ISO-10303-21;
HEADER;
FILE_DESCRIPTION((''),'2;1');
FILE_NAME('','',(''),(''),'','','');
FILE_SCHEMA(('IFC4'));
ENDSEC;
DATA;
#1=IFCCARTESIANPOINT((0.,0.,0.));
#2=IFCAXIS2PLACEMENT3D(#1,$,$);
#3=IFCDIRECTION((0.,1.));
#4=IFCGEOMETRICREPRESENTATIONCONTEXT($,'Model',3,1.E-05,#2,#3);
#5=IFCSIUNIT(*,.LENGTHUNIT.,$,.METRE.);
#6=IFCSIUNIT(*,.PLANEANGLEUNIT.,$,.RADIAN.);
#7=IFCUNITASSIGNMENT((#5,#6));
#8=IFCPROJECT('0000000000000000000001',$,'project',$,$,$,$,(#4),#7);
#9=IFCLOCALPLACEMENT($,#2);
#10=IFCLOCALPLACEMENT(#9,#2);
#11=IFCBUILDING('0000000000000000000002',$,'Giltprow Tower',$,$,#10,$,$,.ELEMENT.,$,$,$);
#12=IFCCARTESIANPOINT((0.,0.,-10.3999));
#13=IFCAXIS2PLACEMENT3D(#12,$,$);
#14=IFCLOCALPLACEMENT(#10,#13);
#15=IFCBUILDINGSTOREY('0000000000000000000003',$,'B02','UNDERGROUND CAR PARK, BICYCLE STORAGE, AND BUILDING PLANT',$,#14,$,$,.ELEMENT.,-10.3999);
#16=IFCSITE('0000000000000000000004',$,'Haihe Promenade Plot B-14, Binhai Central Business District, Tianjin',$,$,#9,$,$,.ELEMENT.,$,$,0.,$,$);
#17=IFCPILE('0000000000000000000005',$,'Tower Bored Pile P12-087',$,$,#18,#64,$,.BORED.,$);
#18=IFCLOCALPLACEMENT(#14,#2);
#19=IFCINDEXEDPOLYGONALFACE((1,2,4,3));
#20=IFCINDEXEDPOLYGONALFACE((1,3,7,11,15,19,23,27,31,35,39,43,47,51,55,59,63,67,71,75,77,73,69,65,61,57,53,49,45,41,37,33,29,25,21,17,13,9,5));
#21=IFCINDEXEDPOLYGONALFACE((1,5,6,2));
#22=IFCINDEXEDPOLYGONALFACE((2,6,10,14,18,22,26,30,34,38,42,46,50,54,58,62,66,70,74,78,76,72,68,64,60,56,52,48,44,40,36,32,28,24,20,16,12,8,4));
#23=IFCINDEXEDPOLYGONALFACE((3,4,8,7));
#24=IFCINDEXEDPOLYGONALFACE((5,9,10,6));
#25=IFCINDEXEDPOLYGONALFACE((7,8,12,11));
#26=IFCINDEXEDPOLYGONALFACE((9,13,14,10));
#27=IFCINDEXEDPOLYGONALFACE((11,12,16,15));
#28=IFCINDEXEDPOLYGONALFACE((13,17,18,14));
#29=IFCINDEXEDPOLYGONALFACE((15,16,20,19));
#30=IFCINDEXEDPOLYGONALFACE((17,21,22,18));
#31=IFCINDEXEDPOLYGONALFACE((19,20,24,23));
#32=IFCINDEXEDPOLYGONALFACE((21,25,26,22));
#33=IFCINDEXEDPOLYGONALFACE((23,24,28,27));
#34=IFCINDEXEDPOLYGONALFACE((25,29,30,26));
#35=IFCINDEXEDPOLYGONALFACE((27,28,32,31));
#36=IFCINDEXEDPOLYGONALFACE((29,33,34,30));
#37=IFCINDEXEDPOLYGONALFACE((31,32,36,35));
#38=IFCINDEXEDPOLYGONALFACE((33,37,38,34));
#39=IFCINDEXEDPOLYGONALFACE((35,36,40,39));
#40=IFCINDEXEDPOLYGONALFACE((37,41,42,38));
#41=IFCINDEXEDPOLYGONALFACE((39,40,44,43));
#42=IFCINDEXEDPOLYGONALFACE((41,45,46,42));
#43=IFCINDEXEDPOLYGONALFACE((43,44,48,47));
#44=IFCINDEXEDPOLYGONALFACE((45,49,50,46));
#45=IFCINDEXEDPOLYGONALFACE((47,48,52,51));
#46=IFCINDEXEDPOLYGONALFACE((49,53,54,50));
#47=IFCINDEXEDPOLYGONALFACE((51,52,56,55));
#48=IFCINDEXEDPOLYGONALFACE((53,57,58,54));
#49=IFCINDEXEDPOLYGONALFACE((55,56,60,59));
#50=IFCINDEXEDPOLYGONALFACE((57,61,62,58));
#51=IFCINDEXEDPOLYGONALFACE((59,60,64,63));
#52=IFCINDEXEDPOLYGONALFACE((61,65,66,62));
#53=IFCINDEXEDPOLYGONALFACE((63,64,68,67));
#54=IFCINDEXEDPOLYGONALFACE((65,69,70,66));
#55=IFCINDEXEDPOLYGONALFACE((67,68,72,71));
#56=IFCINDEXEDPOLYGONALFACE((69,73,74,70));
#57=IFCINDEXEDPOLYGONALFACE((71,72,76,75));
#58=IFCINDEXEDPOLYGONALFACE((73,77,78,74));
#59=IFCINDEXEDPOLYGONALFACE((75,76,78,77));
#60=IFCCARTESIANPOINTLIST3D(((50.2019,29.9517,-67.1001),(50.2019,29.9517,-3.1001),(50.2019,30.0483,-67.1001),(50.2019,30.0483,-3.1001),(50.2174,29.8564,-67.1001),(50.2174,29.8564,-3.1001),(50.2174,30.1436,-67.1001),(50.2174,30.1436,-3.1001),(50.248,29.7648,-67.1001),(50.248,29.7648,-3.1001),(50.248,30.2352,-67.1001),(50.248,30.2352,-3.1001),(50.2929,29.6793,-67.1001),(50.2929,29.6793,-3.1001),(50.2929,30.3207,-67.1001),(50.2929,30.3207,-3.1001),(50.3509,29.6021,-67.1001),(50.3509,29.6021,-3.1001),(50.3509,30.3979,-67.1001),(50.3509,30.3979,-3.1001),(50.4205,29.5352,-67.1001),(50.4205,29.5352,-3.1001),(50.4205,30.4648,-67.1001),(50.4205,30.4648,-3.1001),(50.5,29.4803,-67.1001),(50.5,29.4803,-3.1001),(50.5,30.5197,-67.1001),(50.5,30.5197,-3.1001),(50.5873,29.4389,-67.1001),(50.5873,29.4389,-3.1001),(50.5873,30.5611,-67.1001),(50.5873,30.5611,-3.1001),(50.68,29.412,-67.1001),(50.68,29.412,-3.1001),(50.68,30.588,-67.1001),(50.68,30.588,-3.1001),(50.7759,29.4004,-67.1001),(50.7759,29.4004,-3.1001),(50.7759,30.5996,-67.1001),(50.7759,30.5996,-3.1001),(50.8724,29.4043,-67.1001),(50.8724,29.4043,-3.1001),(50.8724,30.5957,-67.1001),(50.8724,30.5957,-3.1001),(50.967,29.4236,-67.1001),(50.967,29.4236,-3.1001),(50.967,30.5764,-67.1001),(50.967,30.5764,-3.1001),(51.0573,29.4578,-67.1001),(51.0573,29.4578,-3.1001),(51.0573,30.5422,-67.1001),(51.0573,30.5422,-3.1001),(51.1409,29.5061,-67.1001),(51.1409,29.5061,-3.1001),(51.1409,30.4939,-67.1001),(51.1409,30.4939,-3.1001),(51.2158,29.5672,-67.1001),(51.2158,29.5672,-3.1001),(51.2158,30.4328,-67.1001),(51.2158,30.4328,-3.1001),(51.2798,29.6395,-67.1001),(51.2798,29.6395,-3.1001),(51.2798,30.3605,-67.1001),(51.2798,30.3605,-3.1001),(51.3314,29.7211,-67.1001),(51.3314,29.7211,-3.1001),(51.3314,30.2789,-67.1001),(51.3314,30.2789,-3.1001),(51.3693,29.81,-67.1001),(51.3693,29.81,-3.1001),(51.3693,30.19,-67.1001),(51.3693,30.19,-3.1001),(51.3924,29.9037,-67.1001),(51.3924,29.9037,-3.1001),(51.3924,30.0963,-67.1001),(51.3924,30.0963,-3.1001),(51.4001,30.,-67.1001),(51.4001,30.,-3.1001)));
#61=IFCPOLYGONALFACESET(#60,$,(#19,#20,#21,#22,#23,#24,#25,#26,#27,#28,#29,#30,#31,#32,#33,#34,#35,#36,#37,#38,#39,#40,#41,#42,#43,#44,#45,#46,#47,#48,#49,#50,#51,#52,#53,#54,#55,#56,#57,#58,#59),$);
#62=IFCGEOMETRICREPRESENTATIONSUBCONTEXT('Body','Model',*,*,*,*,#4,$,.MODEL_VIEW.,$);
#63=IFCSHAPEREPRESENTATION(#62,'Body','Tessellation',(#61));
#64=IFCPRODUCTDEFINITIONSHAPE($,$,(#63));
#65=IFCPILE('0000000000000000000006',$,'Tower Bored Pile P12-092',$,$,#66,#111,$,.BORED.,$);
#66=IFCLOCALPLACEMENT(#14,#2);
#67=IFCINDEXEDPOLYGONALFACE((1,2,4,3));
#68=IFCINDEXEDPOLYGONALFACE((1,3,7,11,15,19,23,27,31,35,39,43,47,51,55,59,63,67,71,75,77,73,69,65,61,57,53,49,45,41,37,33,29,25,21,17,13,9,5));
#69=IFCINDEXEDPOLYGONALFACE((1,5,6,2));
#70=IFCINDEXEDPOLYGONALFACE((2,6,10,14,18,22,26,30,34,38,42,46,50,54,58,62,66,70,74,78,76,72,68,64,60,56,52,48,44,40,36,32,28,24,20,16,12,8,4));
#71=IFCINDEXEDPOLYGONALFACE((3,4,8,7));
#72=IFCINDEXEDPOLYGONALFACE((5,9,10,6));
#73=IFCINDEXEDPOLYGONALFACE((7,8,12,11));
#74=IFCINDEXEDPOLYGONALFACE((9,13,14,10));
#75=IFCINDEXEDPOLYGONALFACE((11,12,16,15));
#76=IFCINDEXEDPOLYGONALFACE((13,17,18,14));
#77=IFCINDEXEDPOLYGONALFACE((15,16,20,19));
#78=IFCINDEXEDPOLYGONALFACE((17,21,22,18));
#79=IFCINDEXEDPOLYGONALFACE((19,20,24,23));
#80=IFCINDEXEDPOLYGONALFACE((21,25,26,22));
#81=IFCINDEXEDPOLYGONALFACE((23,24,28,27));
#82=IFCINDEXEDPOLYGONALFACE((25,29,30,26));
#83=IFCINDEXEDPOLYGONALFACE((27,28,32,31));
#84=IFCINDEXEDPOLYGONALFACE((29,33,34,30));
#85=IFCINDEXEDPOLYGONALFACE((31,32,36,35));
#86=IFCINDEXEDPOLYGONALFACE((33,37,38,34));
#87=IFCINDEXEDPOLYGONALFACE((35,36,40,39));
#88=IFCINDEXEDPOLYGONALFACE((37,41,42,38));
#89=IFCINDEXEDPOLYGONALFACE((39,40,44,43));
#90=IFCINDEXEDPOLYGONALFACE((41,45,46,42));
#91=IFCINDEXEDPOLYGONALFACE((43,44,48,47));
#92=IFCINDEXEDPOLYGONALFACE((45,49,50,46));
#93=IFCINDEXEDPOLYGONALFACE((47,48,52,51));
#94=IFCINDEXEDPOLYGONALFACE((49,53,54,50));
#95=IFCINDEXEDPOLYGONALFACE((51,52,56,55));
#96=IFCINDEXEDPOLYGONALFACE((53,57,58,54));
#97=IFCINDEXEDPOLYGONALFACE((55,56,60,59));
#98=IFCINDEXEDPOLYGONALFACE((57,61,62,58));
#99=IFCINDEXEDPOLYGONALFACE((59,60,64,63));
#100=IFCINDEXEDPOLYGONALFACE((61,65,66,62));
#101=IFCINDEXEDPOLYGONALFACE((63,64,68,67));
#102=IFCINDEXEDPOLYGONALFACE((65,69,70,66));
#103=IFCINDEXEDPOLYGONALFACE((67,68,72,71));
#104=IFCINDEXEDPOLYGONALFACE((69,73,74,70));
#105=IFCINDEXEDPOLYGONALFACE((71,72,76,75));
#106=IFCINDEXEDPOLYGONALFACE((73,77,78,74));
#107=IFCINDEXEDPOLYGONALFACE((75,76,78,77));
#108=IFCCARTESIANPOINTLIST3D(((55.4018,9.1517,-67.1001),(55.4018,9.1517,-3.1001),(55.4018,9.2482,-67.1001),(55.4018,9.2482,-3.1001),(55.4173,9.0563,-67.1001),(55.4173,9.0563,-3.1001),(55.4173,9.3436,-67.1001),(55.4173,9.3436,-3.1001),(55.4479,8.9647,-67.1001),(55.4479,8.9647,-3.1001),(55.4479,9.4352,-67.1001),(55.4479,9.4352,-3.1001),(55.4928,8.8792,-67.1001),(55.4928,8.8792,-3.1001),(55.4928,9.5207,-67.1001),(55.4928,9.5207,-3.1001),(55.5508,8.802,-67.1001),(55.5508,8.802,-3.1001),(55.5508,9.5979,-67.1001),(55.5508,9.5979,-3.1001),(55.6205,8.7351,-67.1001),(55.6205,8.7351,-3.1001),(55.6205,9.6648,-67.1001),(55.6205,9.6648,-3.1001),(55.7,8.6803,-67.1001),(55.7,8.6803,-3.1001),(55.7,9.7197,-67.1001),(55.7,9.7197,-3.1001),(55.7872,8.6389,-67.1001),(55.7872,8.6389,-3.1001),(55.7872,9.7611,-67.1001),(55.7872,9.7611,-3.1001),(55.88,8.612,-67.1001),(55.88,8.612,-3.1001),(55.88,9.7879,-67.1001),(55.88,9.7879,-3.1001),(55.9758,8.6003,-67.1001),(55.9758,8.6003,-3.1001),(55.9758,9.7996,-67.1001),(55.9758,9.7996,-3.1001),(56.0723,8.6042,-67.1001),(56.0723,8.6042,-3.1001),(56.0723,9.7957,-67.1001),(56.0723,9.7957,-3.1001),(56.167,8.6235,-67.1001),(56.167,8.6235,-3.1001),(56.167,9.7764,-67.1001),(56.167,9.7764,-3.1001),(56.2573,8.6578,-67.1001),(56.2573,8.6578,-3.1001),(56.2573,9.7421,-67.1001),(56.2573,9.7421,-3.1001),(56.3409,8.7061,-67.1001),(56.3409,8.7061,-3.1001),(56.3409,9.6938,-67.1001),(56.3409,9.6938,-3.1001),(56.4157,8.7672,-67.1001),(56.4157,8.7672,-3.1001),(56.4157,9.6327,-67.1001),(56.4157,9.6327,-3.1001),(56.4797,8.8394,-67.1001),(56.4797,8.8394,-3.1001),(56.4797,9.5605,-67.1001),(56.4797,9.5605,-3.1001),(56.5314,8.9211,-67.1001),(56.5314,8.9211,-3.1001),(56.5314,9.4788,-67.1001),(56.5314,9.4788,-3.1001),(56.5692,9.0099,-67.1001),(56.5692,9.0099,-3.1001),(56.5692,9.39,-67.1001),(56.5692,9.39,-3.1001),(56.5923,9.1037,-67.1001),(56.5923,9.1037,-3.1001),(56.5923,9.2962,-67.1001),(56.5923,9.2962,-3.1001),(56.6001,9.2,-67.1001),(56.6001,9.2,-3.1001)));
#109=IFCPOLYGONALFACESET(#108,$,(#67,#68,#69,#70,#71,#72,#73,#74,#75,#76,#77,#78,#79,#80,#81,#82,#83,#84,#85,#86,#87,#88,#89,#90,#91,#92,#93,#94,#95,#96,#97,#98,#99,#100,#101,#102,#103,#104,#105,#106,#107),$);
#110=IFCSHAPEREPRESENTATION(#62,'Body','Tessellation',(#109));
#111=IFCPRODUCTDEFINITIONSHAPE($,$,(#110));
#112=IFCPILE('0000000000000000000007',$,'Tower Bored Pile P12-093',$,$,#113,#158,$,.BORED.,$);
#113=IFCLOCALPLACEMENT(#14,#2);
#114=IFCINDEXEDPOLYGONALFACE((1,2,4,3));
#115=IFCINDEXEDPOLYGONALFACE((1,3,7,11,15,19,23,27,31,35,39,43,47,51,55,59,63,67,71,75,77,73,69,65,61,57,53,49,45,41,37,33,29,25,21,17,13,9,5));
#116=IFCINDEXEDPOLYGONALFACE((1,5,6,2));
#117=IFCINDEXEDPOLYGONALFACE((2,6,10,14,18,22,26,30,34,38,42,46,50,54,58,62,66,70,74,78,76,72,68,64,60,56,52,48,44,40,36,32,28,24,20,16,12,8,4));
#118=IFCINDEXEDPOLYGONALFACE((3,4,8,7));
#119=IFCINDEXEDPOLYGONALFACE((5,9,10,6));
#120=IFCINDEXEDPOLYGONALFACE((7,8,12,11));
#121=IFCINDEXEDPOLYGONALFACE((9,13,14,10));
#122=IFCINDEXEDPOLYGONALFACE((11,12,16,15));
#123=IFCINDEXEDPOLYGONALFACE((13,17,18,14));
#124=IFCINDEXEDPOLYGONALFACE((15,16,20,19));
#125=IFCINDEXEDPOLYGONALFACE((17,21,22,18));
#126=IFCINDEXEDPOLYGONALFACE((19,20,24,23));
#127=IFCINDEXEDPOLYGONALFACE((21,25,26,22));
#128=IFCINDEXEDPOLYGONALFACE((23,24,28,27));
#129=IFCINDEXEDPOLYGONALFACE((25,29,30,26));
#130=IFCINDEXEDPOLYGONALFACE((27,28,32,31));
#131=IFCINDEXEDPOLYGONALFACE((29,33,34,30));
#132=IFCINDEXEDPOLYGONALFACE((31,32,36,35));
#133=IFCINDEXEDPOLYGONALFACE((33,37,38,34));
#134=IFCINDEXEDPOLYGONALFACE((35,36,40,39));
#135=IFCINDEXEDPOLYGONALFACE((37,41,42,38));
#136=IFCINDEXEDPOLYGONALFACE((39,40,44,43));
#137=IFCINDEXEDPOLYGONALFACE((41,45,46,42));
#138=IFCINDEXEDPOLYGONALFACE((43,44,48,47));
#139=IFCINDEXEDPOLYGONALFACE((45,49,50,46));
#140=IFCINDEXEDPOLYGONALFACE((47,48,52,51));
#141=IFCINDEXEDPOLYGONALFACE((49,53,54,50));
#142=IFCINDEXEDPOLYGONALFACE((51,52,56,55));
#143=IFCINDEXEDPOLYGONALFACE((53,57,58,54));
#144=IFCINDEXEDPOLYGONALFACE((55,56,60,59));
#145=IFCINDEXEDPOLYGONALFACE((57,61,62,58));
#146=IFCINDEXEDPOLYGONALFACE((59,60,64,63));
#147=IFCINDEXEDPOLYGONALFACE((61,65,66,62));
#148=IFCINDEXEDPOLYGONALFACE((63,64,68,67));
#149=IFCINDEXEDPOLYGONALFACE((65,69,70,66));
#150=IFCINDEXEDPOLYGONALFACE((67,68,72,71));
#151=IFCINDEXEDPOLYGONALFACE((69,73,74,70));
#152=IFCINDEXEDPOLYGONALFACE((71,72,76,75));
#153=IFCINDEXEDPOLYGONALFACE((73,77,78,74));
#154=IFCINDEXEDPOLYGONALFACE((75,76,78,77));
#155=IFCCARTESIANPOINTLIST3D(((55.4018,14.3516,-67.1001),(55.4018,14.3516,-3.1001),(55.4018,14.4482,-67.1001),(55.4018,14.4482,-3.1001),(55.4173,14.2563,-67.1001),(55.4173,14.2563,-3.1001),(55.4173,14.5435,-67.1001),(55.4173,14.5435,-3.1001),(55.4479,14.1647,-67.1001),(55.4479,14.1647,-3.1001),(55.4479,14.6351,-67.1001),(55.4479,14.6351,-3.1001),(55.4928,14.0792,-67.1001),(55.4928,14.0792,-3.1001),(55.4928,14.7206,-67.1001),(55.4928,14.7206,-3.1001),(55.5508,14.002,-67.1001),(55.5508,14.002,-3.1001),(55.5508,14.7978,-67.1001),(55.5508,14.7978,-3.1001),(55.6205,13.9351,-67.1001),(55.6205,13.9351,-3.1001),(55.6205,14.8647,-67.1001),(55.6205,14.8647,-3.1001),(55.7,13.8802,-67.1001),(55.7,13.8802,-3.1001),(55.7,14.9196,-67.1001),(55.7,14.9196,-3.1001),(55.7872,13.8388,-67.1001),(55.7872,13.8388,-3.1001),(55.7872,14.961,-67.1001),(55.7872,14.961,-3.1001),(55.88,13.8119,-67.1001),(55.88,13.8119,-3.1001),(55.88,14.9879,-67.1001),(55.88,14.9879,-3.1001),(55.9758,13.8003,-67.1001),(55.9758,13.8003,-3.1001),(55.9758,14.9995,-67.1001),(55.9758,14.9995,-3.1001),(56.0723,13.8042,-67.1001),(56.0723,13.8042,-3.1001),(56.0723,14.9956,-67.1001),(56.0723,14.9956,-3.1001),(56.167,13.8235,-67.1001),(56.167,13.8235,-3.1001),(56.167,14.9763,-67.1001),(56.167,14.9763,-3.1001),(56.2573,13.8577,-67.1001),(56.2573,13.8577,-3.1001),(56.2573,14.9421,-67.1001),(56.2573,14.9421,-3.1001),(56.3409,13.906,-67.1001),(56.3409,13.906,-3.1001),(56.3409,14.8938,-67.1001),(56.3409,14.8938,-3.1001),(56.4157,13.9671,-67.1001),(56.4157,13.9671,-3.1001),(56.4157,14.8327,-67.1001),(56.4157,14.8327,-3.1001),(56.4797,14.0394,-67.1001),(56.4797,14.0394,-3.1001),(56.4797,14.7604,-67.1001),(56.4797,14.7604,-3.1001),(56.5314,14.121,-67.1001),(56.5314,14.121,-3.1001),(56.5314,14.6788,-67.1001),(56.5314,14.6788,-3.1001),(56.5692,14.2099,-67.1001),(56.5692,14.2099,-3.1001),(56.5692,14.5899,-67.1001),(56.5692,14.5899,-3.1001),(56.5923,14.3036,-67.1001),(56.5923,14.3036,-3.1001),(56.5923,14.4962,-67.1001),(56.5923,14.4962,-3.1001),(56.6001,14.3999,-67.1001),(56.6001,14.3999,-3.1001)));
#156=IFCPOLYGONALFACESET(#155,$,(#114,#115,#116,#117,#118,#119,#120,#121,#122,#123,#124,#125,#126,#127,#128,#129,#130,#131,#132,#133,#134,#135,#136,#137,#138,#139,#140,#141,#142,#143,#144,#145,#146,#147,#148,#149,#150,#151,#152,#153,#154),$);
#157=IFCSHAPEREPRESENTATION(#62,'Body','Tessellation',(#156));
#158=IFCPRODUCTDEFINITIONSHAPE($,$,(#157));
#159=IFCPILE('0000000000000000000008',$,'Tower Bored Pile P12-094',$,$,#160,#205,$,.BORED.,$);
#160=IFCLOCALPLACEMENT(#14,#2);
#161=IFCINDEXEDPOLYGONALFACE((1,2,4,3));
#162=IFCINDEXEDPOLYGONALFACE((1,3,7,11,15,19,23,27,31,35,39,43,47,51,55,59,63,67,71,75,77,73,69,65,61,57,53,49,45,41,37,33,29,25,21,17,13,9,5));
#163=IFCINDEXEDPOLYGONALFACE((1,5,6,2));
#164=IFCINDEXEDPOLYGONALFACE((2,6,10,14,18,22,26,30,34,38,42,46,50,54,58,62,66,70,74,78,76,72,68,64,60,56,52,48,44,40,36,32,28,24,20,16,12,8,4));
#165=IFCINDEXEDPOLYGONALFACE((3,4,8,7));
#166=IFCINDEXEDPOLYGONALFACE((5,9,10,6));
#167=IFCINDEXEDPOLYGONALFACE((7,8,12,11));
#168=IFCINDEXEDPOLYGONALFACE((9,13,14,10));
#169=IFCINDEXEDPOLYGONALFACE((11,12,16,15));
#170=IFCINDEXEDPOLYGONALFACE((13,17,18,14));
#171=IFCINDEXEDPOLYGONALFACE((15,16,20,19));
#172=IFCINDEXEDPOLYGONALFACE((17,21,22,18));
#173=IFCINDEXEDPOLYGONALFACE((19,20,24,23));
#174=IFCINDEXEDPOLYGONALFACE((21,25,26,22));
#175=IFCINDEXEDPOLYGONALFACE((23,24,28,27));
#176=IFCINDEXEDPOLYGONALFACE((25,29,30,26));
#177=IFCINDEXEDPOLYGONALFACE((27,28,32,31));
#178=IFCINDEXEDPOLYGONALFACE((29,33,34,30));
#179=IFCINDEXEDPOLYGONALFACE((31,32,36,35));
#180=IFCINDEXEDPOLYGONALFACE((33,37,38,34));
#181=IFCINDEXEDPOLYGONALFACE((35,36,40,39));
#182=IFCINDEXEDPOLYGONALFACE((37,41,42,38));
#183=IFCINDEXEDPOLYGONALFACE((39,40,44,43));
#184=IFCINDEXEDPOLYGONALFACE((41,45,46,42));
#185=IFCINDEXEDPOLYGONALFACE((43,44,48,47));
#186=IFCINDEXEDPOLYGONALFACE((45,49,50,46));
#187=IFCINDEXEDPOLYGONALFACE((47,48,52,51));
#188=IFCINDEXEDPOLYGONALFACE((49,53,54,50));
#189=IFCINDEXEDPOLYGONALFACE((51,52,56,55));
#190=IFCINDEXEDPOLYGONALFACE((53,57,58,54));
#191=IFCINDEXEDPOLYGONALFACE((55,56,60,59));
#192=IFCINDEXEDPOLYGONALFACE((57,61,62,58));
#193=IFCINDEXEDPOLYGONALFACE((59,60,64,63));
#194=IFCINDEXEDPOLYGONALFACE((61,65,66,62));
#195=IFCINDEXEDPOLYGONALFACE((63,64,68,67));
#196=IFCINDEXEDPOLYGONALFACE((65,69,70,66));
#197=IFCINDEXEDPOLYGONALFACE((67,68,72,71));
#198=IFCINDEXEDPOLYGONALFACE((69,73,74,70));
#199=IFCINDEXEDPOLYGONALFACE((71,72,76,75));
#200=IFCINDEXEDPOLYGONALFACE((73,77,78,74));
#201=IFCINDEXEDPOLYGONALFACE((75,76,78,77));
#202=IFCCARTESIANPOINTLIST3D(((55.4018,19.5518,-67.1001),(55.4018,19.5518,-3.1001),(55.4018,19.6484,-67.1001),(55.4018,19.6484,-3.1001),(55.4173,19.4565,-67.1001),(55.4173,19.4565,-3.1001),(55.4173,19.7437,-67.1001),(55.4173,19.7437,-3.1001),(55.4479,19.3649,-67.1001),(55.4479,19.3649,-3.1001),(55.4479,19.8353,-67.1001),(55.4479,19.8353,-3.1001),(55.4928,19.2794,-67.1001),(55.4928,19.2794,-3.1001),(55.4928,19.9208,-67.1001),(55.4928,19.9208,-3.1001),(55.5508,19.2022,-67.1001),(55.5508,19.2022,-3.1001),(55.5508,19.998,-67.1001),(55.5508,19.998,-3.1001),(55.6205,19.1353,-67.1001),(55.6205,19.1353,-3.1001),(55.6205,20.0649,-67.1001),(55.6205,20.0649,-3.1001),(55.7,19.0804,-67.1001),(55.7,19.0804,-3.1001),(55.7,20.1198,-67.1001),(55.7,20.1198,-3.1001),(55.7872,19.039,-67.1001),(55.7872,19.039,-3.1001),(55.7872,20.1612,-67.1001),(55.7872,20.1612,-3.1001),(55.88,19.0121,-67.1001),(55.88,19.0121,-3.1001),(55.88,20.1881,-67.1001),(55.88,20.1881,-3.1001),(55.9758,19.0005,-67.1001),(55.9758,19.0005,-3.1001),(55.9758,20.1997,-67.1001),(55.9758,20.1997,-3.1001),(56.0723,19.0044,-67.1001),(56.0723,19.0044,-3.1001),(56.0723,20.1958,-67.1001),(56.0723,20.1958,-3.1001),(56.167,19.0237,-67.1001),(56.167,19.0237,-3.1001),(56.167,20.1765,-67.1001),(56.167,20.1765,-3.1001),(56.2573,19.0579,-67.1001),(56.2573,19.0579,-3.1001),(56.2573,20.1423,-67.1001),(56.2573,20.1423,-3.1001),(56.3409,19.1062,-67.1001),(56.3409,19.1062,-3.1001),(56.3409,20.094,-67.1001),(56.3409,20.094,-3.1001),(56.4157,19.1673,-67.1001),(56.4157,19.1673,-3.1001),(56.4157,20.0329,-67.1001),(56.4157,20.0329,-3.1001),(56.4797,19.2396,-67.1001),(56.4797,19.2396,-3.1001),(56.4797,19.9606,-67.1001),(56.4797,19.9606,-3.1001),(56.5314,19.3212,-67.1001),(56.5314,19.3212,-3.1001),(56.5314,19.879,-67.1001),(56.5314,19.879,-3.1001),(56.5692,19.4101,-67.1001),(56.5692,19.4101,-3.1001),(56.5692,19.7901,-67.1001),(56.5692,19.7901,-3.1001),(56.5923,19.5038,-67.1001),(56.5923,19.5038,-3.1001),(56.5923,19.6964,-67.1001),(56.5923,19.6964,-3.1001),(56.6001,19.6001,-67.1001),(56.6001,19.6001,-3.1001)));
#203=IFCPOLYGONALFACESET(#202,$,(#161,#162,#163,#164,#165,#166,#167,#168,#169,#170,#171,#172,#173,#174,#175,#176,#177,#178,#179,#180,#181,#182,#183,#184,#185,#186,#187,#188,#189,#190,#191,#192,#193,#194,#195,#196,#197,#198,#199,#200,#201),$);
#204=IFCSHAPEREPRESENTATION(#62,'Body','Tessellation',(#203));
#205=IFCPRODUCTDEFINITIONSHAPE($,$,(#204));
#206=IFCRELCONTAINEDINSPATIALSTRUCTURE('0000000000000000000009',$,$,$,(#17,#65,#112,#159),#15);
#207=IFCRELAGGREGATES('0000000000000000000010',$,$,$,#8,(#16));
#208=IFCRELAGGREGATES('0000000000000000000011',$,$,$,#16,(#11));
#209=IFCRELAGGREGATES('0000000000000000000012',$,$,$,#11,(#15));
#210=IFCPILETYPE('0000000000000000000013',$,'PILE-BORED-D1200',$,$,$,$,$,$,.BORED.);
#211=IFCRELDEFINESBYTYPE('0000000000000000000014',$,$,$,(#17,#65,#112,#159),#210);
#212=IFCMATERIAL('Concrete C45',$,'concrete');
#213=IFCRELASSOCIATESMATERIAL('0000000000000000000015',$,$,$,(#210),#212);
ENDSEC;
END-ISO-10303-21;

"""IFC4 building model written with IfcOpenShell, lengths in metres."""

from ifc_helpers import new_model, si_unit, direction, frame, origin, origin_2d, place, context, subcontext, project, spatial, circle, extrude, source, transform, mapped, material, material_profile, profile_set, type_object, element, save


model = new_model("IFC4")

# Units and contexts
model_context = context("Model", 3, precision=1e-05, world=origin(), true_north=direction((0.0, 1.0)))
body_context = subcontext(model_context, "Body", "Model", "MODEL_VIEW")
ifc_project = project(units=[si_unit("LENGTHUNIT", "METRE"), si_unit("PLANEANGLEUNIT", "RADIAN")], contexts=[model_context])

# Site, building, storey
site_placement = place(None, origin())
site = spatial("IfcSite", under=ifc_project, at=site_placement, Name="Haihe Promenade Plot B-14, Binhai Central Business District, Tianjin", CompositionType="ELEMENT", RefElevation=0.0)
building_placement = place(site_placement, origin())
building = spatial("IfcBuilding", under=site, at=building_placement, Name="Giltprow Tower", CompositionType="ELEMENT")
storey_placement = place(building_placement, frame((0.0, 0.0, -10.3999)))
storey = spatial("IfcBuildingStorey", under=building, at=storey_placement, Name="B02", Description="UNDERGROUND CAR PARK, BICYCLE STORAGE, AND BUILDING PLANT", CompositionType="ELEMENT", Elevation=-10.3999)

# Piles
ifc_material_1 = material(Name="Concrete C45", Category="concrete")
ifc_material_profile_1 = material_profile(ifc_material_1, circle(Radius=0.6001, at=origin_2d()), Name="PILE D1200")
ifc_profile_set_1 = profile_set([ifc_material_profile_1], Name="Concrete C45")
pile_type_1 = type_object("IfcPileType", Name="PILE-BORED-D1200", PredefinedType="BORED", material=ifc_profile_set_1)
shared_shape_1 = source(origin(), body_context, "Body", "SweptSolid", [
    extrude(circle(Radius=0.6001, at=origin_2d()), origin(), (0.0, 0.0, 1.0), 64.0),
])
for number, where, z_axis, x_axis, name in (
    (1, (50.8, 30.0, -3.1001), (0.0, 0.0, -1.0), (1.0, 0.0, 0.0), "Tower Bored Pile P12-087"),
    (2, (56.0, 9.2, -3.1001), (0.0, 0.0, -1.0), (1.0, 0.0, 0.0), "Tower Bored Pile P12-092"),
    (3, (56.0, 14.3999, -3.1001), (0.0, 0.0, -1.0), (1.0, 0.0, 0.0), "Tower Bored Pile P12-093"),
    (4, (56.0, 19.6001, -3.1001), (0.0, 0.0, -1.0), (1.0, 0.0, 0.0), "Tower Bored Pile P12-094"),
):
    element("IfcPile", number, at=place(storey_placement, frame(where, z_axis=z_axis, x_axis=x_axis)), inside=storey, type_object=pile_type_1, Name=name, PredefinedType="BORED", context=body_context, shape_type="MappedRepresentation", body=[
        mapped(shared_shape_1, transform((0.0, 0.0, 0.0), x_axis=(1.0, 0.0, 0.0), y_axis=(0.0, 1.0, 0.0), z_axis=(0.0, 0.0, 1.0), scale=1.0)),
    ])

save(model, "model.ifc")
